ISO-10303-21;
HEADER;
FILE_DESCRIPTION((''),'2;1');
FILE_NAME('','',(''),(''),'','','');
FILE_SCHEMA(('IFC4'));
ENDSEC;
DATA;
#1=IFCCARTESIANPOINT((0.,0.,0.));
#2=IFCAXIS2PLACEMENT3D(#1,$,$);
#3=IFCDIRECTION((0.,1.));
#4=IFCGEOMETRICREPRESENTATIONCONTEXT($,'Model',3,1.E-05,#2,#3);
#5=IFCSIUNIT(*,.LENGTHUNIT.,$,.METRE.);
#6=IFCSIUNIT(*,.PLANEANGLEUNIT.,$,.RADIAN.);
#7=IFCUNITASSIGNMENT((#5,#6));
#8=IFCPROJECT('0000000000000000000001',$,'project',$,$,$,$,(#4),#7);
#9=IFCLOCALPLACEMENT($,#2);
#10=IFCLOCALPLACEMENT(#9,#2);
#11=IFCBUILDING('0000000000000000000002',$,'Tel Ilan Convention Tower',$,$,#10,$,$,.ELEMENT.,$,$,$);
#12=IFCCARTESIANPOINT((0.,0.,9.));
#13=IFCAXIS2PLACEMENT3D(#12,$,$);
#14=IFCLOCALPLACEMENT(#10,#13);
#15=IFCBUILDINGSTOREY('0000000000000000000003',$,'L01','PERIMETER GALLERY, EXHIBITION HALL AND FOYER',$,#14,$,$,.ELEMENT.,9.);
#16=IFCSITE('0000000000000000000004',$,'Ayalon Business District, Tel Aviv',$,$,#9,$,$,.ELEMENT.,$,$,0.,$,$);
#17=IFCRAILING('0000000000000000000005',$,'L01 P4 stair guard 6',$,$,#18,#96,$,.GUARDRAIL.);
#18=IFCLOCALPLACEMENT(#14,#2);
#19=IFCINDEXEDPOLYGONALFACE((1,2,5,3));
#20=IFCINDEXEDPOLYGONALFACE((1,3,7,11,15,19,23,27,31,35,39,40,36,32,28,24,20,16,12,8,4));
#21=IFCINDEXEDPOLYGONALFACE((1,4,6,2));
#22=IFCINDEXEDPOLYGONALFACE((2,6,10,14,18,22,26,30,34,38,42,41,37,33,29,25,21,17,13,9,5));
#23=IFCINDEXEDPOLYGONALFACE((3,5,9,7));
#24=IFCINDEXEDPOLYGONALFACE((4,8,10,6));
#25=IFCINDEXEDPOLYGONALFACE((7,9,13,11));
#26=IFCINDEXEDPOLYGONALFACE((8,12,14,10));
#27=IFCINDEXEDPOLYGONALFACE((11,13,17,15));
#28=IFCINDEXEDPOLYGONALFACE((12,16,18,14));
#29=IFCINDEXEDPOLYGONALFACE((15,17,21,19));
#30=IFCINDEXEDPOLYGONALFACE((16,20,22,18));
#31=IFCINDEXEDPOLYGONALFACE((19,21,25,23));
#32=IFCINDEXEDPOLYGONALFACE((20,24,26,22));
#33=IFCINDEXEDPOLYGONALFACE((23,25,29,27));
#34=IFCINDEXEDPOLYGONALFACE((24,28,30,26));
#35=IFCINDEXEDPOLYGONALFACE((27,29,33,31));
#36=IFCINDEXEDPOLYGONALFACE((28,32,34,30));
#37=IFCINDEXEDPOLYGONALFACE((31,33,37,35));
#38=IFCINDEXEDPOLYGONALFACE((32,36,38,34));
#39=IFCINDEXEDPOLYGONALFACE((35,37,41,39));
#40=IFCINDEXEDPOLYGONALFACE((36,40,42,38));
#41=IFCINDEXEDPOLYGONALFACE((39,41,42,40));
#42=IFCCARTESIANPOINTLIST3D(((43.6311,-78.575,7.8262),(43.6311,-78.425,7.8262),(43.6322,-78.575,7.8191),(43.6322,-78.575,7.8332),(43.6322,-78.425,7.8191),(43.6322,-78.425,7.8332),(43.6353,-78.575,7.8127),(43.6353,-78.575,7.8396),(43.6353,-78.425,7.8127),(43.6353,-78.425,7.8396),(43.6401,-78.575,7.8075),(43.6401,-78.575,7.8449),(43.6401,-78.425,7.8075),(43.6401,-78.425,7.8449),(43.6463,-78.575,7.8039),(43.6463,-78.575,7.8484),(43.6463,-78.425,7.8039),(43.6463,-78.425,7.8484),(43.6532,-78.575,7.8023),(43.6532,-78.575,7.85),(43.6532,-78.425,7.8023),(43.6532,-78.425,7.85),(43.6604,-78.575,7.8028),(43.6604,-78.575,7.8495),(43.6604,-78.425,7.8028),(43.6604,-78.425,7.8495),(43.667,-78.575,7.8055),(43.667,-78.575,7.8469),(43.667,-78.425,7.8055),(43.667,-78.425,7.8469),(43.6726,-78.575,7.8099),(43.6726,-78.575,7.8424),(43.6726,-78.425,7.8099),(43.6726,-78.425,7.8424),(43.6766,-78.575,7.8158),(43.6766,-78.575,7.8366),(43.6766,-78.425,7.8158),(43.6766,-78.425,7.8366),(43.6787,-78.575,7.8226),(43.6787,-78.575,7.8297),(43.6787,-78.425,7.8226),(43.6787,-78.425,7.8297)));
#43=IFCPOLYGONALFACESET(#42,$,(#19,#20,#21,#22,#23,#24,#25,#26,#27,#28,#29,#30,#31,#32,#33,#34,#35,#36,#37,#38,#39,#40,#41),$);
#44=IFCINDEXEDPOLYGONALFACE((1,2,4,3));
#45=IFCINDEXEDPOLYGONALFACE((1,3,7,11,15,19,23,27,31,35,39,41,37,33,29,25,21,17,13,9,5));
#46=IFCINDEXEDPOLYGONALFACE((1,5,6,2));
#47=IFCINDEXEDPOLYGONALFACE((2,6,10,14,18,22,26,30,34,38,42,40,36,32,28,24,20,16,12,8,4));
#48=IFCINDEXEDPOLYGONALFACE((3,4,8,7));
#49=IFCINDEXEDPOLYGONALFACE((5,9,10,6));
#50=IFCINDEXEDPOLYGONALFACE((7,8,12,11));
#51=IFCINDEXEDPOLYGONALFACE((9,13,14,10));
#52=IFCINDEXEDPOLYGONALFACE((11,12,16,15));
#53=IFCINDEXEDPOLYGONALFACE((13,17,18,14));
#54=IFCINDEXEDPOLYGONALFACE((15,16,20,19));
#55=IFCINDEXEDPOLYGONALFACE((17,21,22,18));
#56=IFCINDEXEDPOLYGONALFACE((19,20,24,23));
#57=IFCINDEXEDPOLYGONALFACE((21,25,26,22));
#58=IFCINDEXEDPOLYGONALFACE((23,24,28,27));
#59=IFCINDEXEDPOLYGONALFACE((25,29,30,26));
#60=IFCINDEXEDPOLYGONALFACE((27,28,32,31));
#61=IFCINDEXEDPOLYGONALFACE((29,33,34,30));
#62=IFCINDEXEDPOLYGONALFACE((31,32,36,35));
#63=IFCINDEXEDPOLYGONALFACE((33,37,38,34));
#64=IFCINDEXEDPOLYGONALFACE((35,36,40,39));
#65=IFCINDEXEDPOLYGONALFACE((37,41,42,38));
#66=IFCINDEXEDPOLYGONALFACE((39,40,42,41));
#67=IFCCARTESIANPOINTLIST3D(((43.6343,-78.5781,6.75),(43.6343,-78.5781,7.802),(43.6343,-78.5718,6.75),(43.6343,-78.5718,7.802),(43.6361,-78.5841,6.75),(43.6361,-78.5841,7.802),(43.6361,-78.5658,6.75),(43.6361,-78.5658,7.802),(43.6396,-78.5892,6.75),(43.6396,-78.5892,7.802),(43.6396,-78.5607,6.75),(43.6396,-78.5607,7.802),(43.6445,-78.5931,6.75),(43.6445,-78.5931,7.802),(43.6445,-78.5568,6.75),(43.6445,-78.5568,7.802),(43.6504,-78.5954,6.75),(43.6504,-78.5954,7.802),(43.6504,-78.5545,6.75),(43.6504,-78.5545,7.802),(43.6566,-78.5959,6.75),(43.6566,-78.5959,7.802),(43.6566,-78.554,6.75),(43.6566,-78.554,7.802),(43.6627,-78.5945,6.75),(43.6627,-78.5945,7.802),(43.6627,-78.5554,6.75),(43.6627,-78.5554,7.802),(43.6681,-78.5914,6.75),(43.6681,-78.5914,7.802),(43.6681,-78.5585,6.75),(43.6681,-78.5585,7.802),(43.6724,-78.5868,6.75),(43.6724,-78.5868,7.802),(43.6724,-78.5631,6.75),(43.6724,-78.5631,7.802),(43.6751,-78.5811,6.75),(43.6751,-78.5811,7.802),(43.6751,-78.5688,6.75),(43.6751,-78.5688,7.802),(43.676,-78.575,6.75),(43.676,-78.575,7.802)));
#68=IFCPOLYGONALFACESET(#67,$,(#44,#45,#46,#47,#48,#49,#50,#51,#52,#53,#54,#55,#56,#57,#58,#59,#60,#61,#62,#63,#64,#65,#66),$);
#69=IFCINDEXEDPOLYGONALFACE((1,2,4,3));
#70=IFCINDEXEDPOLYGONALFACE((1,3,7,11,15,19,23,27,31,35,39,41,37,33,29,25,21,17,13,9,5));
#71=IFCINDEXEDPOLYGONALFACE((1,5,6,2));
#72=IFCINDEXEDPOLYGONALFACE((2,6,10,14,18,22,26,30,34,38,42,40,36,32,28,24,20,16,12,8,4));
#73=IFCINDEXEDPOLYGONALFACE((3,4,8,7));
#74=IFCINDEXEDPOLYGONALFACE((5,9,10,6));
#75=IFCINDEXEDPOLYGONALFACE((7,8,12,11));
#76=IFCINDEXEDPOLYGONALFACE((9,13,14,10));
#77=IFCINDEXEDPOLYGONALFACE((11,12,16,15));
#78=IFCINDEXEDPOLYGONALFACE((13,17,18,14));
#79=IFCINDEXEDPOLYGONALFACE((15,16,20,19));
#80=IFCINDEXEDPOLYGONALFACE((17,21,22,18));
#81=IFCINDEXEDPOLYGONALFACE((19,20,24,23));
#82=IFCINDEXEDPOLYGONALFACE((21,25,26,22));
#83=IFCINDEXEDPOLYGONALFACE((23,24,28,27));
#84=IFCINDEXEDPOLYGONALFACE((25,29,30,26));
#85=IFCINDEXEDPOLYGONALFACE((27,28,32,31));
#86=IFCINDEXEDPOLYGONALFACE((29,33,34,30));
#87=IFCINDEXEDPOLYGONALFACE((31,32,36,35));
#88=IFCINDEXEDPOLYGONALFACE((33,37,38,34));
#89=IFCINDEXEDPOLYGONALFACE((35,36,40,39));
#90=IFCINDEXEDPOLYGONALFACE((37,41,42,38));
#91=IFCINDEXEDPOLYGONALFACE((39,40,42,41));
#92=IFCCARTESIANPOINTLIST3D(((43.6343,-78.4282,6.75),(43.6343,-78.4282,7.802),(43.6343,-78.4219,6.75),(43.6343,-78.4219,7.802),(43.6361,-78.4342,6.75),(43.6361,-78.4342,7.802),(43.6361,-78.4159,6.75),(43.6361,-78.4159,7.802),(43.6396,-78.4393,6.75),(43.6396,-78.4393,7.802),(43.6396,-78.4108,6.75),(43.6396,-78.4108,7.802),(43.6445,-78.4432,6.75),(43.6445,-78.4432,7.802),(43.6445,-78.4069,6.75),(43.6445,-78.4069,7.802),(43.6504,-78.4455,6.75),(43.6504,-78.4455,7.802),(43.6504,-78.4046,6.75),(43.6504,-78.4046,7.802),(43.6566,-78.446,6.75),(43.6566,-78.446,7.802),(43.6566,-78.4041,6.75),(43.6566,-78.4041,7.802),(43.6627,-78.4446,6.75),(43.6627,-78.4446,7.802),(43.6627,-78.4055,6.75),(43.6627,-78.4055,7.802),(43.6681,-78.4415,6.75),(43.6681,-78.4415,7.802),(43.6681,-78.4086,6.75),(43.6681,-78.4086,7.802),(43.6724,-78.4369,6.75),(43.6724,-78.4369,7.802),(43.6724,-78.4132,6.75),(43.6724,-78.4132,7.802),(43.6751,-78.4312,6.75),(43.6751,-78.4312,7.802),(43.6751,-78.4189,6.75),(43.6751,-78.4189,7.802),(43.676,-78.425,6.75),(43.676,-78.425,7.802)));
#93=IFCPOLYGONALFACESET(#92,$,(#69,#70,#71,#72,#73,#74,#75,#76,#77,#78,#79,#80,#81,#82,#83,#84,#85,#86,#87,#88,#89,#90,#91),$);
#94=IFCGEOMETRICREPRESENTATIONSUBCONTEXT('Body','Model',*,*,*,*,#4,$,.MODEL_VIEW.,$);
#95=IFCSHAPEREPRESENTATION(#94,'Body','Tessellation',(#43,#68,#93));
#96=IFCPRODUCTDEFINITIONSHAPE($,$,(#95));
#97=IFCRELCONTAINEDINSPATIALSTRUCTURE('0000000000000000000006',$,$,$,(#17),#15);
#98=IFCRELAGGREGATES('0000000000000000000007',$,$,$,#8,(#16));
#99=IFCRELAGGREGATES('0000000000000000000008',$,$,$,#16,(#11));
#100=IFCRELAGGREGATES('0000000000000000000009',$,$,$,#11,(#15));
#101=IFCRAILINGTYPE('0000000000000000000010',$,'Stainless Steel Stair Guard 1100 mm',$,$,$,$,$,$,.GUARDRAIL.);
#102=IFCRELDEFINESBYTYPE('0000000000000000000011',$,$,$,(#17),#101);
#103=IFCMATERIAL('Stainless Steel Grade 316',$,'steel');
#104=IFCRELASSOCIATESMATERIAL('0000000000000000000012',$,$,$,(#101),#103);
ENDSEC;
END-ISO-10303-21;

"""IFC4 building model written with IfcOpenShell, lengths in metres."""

from ifc_helpers import new_model, si_unit, direction, frame, origin, origin_2d, place, context, subcontext, project, spatial, circle, extrude, material, type_object, element, save


model = new_model("IFC4")

# Units and contexts
model_context = context("Model", 3, precision=1e-05, world=origin(), true_north=direction((0.0, 1.0)))
body_context = subcontext(model_context, "Body", "Model", "MODEL_VIEW")
ifc_project = project(units=[si_unit("LENGTHUNIT", "METRE"), si_unit("PLANEANGLEUNIT", "RADIAN")], contexts=[model_context])

# Site, building, storey
site_placement = place(None, origin())
site = spatial("IfcSite", under=ifc_project, at=site_placement, Name="Ayalon Business District, Tel Aviv", CompositionType="ELEMENT", RefElevation=0.0)
building_placement = place(site_placement, origin())
building = spatial("IfcBuilding", under=site, at=building_placement, Name="Tel Ilan Convention Tower", CompositionType="ELEMENT")
storey_placement = place(building_placement, frame((0.0, 0.0, 9.0)))
storey = spatial("IfcBuildingStorey", under=building, at=storey_placement, Name="L01", Description="PERIMETER GALLERY, EXHIBITION HALL AND FOYER", CompositionType="ELEMENT", Elevation=9.0)

# Railing
ifc_material_1 = material(Name="Stainless Steel Grade 316", Category="steel")
railing_type_1 = type_object("IfcRailingType", Name="Stainless Steel Stair Guard 1100 mm", PredefinedType="GUARDRAIL", material=ifc_material_1)
railing_1_placement = place(storey_placement, frame((43.655, -78.575, 6.75)))
element("IfcRailing", 1, at=railing_1_placement, inside=storey, type_object=railing_type_1, Name="L01 P4 stair guard 6", PredefinedType="GUARDRAIL", context=body_context, shape_type="SweptSolid", body=[
    extrude(circle(Radius=0.0239, at=origin_2d()), frame((0.0, 0.0, 1.0762), z_axis=(0.0, 1.0, 0.0), x_axis=(-1.0, 0.0, 0.0)), (0.0, 0.0, 1.0), 0.1499),
    extrude(circle(Radius=0.021, at=origin_2d()), origin(), (0.0, 0.0, 1.0), 1.052),
    extrude(circle(Radius=0.021, at=origin_2d()), frame((0.0, 0.1499, 0.0)), (0.0, 0.0, 1.0), 1.052),
])

save(model, "model.ifc")
